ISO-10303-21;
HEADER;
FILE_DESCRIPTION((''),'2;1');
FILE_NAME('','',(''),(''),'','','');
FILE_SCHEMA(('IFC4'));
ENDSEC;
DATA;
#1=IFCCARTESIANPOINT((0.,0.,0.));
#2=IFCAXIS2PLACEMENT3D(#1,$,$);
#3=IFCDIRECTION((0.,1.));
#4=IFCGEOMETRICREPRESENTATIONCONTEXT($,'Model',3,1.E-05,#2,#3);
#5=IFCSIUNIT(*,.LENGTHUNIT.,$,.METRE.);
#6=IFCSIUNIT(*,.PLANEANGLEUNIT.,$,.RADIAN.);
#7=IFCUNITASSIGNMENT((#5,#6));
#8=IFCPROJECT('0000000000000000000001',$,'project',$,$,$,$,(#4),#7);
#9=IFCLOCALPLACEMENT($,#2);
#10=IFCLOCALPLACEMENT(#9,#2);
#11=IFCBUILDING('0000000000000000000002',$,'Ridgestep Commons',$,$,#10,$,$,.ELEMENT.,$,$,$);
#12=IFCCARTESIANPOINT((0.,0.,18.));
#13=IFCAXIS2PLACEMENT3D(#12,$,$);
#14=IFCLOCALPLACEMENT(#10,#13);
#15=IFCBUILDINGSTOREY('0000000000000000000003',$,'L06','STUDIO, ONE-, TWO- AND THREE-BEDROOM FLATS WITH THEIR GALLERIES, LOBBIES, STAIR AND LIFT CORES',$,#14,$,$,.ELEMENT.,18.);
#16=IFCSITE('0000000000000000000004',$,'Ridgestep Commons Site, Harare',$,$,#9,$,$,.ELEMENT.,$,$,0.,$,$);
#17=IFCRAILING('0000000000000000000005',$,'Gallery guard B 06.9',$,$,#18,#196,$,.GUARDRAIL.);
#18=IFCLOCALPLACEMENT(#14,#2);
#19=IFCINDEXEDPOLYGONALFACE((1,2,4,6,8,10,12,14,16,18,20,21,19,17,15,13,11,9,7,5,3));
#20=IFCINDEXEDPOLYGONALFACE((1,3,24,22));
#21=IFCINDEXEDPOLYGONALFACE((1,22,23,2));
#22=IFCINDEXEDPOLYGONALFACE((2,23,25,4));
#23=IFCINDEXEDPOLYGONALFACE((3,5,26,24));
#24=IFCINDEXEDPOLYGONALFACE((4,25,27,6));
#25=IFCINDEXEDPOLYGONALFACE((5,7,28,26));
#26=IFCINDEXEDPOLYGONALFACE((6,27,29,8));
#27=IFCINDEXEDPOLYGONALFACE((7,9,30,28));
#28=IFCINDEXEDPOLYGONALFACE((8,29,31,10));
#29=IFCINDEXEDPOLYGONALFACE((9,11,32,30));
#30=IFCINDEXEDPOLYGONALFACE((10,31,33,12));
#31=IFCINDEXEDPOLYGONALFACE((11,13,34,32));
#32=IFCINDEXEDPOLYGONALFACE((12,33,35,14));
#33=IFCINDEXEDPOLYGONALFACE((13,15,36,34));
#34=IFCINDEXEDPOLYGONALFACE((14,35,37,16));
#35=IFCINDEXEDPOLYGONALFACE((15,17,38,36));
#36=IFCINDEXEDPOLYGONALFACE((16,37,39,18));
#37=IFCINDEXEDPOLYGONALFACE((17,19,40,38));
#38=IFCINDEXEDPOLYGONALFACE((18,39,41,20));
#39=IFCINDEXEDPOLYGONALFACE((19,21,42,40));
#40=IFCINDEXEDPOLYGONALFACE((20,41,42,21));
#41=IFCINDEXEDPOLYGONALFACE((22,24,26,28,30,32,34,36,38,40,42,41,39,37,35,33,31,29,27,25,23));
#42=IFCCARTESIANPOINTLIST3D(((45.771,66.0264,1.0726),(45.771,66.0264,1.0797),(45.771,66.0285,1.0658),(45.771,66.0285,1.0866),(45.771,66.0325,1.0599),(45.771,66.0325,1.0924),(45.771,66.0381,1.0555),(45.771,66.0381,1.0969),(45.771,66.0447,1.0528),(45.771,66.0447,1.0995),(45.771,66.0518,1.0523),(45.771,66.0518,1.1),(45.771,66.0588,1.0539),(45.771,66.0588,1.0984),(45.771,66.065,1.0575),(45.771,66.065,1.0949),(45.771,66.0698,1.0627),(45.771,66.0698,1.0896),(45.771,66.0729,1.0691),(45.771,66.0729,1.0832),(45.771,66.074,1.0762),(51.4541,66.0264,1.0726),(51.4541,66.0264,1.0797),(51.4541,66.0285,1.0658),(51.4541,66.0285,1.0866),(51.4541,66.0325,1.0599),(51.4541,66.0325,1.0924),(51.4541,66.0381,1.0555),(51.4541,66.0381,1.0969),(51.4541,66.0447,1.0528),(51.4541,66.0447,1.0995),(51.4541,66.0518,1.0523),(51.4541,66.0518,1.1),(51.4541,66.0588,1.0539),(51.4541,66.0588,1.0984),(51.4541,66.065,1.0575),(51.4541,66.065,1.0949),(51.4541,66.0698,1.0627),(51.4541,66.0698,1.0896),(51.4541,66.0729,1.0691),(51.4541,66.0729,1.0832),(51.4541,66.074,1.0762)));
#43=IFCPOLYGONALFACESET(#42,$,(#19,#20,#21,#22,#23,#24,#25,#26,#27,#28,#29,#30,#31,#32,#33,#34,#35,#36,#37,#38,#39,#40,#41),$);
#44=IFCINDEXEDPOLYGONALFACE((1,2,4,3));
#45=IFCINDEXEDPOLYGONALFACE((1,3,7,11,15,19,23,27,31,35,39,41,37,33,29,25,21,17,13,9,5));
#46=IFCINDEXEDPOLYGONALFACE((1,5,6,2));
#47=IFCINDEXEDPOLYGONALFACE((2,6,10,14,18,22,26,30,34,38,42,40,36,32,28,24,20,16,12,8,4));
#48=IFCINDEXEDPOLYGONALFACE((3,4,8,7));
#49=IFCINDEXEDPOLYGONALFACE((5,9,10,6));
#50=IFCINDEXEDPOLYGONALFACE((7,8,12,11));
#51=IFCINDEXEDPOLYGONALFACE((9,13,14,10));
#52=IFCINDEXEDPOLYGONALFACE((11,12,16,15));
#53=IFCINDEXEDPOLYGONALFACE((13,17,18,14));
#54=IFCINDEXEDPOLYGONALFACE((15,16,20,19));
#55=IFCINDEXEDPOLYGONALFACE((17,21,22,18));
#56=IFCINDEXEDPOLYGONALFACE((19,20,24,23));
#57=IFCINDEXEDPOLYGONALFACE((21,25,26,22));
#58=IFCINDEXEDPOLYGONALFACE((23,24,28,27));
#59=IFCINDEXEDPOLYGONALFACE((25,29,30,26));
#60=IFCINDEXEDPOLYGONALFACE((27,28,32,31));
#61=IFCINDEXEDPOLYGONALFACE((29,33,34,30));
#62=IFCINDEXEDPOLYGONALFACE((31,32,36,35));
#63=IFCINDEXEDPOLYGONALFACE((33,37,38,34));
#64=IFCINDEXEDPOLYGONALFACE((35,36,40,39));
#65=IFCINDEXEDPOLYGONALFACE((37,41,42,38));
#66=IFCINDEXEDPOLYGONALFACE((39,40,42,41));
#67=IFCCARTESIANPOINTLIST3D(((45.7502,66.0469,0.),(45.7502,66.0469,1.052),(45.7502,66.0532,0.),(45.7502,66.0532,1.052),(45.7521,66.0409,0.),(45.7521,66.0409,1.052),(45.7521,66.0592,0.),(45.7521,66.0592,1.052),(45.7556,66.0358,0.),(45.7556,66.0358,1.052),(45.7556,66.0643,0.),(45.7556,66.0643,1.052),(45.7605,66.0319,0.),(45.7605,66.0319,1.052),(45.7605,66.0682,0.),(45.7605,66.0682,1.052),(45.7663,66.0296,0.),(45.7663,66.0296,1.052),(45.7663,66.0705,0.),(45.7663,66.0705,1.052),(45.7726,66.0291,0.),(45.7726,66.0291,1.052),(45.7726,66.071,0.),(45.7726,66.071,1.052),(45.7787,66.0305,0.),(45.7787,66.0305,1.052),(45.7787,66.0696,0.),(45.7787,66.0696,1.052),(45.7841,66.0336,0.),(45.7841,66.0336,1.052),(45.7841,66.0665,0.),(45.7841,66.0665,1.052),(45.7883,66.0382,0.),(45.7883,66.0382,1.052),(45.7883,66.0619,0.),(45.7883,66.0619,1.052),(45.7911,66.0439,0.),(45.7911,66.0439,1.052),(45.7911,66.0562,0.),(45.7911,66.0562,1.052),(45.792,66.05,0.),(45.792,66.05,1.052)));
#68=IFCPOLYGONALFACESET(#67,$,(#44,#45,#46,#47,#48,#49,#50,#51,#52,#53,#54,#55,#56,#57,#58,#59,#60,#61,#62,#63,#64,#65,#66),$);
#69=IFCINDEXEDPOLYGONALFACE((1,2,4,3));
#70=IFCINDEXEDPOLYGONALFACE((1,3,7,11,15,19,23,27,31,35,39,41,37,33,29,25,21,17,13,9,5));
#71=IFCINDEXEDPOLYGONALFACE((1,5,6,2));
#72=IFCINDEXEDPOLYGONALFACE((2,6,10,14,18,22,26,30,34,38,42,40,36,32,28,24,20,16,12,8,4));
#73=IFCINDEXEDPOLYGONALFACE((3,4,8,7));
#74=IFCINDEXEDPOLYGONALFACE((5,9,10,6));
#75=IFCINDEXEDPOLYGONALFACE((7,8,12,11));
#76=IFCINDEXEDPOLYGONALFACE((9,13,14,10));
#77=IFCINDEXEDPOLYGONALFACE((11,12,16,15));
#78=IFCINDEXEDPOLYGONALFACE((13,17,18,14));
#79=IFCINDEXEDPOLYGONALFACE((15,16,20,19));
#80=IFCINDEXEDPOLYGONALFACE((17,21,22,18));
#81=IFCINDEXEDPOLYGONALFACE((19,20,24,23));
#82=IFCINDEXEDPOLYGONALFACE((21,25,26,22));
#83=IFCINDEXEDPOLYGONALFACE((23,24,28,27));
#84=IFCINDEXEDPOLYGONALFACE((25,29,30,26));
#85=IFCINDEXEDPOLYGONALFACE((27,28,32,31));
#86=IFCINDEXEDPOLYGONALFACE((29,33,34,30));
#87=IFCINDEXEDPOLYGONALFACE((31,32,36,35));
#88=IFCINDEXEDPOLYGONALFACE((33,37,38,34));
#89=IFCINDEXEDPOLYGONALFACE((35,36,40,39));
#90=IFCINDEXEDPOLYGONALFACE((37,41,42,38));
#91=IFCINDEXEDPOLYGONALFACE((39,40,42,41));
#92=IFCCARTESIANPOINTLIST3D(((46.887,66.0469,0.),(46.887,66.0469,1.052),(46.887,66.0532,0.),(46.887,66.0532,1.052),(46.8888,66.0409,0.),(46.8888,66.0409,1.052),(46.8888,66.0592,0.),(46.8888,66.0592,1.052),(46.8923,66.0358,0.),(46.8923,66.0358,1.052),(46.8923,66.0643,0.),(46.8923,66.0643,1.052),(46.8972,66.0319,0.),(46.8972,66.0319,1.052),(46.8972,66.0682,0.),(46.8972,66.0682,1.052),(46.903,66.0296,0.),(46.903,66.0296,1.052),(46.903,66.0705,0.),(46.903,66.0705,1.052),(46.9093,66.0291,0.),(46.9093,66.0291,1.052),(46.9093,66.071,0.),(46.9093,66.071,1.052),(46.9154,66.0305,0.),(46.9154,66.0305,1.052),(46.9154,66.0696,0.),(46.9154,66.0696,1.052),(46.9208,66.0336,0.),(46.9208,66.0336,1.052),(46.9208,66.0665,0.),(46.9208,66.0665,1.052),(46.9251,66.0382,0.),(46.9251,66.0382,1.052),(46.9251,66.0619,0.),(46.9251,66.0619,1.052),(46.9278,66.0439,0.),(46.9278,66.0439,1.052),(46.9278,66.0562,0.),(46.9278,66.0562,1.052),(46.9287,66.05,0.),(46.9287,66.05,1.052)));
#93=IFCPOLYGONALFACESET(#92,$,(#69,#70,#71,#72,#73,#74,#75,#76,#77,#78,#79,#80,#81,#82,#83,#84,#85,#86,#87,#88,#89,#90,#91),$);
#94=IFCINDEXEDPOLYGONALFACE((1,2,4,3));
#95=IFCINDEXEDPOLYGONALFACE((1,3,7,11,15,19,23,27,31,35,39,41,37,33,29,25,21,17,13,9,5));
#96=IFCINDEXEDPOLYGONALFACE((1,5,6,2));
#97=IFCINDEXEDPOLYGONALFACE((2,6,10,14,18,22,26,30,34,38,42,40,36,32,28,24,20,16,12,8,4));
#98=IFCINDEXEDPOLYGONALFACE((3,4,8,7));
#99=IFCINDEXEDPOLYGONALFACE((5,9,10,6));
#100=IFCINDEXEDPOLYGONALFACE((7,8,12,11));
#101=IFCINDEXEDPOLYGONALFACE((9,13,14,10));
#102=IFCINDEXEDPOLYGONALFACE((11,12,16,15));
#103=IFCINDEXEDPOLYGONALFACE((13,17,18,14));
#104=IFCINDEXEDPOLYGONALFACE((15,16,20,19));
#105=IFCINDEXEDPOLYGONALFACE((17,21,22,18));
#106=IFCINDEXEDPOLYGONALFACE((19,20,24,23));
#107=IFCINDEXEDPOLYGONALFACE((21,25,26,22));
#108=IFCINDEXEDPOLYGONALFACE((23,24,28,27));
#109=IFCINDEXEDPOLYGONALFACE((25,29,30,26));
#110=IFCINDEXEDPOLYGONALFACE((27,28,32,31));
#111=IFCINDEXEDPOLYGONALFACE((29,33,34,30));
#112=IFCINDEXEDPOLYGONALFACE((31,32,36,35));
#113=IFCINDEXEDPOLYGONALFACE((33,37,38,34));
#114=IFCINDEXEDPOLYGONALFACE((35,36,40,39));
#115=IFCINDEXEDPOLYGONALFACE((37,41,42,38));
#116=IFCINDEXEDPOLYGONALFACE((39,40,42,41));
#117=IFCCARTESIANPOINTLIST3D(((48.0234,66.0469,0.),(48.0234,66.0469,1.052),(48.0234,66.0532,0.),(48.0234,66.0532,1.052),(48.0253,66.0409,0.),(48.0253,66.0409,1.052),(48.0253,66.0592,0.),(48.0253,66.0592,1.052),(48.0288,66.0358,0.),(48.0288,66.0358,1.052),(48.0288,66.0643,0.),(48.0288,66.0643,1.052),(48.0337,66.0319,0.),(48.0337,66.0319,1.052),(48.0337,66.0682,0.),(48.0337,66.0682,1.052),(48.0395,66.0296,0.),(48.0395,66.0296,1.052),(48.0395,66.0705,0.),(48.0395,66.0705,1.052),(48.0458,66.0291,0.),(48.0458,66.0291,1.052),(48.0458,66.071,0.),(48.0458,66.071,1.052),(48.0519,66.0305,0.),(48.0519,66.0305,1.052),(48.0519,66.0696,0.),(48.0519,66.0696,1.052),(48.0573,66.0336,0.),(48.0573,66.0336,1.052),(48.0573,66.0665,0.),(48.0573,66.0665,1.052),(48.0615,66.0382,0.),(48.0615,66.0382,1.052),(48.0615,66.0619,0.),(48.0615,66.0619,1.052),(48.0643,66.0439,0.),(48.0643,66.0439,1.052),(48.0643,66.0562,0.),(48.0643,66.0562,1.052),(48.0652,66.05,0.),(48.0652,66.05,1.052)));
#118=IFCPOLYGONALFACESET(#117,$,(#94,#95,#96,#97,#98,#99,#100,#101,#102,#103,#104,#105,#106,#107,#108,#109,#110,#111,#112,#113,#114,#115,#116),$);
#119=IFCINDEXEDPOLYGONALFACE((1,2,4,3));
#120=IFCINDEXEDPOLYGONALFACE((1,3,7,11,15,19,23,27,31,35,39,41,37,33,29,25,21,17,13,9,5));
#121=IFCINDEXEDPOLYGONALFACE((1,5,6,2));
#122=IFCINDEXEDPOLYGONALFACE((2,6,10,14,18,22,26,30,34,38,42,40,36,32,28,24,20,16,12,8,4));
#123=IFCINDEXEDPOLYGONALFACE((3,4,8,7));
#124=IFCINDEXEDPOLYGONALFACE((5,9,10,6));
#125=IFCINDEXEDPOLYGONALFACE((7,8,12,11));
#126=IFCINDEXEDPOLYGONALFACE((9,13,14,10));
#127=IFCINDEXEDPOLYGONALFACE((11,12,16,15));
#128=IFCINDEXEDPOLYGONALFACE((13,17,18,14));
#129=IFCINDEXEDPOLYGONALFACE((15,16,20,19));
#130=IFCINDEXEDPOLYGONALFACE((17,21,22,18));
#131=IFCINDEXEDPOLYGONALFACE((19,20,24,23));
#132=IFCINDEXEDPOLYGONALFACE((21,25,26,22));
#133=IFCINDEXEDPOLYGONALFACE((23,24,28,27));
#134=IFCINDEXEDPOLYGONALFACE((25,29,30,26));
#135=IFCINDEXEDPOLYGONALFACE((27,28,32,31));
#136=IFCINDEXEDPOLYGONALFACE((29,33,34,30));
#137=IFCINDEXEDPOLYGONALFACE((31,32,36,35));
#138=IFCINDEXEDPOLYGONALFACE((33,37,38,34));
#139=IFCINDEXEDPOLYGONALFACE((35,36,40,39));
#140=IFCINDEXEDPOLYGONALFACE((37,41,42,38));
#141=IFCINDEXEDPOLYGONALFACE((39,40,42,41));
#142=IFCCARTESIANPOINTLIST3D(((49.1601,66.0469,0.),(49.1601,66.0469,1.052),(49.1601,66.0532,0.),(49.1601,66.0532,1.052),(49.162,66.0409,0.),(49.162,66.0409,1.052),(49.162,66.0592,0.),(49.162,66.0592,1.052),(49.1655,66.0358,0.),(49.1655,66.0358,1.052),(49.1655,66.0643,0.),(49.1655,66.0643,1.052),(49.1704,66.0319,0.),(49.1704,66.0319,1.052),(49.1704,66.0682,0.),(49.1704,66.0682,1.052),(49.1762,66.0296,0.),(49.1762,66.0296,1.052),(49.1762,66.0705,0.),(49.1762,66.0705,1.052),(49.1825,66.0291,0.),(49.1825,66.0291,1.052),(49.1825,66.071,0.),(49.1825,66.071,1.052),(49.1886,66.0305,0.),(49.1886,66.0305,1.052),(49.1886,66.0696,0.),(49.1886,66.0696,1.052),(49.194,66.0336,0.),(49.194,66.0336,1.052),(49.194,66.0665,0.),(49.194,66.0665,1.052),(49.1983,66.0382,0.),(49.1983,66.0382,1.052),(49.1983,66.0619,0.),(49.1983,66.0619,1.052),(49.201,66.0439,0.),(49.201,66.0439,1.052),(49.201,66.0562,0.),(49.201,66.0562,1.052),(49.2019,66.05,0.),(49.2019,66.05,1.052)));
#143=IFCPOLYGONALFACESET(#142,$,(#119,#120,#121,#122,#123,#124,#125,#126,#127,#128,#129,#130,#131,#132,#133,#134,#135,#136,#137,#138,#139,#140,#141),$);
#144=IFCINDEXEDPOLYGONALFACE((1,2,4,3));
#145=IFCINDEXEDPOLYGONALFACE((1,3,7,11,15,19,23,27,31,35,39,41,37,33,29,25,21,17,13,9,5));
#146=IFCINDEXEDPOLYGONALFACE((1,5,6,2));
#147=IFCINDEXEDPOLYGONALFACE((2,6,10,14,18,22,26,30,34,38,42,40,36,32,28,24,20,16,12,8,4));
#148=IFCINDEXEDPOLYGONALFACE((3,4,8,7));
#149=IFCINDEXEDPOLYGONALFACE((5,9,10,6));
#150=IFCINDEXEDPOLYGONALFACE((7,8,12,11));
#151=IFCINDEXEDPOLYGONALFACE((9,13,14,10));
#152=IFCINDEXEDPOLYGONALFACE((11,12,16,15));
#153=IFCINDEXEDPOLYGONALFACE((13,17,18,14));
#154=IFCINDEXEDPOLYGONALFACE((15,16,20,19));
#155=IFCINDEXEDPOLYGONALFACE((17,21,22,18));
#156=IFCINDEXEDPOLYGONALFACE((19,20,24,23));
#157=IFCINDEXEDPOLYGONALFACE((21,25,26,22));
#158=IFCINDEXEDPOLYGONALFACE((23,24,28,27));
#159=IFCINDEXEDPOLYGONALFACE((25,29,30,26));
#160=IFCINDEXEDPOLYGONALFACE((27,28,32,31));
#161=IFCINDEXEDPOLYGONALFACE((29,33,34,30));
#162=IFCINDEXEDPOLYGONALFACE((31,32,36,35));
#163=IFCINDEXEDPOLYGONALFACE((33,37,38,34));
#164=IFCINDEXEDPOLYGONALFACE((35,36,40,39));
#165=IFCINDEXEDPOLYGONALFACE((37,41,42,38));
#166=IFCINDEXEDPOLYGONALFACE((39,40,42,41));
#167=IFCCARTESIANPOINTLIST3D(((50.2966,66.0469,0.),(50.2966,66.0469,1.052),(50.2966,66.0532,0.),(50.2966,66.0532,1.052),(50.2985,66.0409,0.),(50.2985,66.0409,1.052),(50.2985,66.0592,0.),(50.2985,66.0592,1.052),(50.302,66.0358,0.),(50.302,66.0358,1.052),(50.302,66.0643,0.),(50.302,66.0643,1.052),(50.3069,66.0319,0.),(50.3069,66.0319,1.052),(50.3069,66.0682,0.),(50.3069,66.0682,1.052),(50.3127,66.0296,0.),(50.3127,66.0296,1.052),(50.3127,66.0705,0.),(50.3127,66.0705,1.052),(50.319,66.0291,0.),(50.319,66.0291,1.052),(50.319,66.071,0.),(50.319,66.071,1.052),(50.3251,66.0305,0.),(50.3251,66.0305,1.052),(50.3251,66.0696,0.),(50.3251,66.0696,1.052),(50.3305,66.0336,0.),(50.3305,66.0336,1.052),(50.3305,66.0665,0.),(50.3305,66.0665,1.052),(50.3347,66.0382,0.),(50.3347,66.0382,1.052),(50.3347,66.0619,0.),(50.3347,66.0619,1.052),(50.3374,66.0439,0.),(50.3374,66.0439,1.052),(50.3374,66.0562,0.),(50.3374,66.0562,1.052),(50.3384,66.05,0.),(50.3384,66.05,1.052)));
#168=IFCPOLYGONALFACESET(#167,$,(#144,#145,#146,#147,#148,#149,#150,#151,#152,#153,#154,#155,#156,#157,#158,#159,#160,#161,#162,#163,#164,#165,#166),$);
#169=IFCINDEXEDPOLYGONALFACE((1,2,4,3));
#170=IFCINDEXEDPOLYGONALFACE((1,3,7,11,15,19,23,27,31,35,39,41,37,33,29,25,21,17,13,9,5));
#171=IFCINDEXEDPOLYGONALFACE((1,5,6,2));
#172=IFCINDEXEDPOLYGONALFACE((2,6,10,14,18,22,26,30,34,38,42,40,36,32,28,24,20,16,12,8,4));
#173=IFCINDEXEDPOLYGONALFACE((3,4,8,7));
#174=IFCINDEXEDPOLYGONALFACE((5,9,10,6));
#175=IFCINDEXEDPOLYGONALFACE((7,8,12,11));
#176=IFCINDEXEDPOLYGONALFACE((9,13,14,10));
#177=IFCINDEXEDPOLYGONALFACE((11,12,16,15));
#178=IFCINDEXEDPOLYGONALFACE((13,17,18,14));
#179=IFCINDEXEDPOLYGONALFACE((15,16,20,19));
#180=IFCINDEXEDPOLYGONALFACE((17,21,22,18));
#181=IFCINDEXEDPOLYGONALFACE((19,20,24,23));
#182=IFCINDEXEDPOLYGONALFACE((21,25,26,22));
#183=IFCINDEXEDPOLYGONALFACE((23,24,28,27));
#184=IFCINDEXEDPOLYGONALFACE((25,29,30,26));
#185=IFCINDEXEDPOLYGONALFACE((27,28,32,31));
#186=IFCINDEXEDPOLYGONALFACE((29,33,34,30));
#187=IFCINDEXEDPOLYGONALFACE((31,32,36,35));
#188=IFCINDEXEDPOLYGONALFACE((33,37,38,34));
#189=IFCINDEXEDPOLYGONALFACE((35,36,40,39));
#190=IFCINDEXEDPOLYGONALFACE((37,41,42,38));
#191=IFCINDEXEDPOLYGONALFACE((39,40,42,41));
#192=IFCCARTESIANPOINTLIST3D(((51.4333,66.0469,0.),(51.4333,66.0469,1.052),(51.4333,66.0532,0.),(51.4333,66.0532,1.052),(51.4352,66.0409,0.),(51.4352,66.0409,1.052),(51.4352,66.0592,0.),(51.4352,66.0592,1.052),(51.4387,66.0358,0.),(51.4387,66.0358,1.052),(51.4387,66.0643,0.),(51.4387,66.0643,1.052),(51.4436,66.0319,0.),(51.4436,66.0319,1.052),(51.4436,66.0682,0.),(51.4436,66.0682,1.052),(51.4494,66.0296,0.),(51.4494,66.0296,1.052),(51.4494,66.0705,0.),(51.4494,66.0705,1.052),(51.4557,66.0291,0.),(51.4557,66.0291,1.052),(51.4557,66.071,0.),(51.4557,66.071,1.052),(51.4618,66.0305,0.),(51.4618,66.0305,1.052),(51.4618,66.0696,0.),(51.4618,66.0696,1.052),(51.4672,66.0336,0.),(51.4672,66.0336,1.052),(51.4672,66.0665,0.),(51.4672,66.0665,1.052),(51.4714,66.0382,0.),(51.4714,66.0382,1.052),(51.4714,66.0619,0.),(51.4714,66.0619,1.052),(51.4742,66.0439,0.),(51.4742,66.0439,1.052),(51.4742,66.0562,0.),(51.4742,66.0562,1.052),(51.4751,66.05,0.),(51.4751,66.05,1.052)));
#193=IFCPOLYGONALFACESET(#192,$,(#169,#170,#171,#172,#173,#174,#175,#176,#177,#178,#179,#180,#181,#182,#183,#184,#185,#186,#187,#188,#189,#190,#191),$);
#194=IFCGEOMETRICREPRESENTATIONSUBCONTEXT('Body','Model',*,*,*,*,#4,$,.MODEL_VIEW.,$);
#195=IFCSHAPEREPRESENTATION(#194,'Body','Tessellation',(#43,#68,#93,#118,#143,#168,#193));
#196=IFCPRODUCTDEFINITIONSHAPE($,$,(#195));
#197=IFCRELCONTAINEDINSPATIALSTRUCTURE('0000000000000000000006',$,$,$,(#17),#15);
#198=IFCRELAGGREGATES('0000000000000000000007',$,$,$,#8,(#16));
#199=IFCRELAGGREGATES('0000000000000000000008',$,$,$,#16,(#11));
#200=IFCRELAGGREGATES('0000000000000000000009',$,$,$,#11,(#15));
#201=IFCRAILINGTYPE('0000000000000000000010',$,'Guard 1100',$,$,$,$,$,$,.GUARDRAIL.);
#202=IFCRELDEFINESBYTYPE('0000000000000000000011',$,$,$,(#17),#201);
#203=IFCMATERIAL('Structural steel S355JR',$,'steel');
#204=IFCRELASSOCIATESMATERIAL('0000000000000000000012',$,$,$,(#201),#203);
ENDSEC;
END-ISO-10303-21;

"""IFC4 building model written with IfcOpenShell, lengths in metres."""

from ifc_helpers import new_model, si_unit, direction, frame, origin, origin_2d, place, context, subcontext, project, spatial, circle, extrude, material, type_object, element, save


model = new_model("IFC4")

# Units and contexts
model_context = context("Model", 3, precision=1e-05, world=origin(), true_north=direction((0.0, 1.0)))
body_context = subcontext(model_context, "Body", "Model", "MODEL_VIEW")
ifc_project = project(units=[si_unit("LENGTHUNIT", "METRE"), si_unit("PLANEANGLEUNIT", "RADIAN")], contexts=[model_context])

# Site, building, storey
site_placement = place(None, origin())
site = spatial("IfcSite", under=ifc_project, at=site_placement, Name="Ridgestep Commons Site, Harare", CompositionType="ELEMENT", RefElevation=0.0)
building_placement = place(site_placement, origin())
building = spatial("IfcBuilding", under=site, at=building_placement, Name="Ridgestep Commons", CompositionType="ELEMENT")
storey_placement = place(building_placement, frame((0.0, 0.0, 18.0)))
storey = spatial("IfcBuildingStorey", under=building, at=storey_placement, Name="L06", Description="STUDIO, ONE-, TWO- AND THREE-BEDROOM FLATS WITH THEIR GALLERIES, LOBBIES, STAIR AND LIFT CORES", CompositionType="ELEMENT", Elevation=18.0)

# Railing
ifc_material_1 = material(Name="Structural steel S355JR", Category="steel")
railing_type_1 = type_object("IfcRailingType", Name="Guard 1100", PredefinedType="GUARDRAIL", material=ifc_material_1)
railing_1_placement = place(storey_placement, frame((45.771, 66.05, 0.0)))
element("IfcRailing", 1, at=railing_1_placement, inside=storey, type_object=railing_type_1, Name="Gallery guard B 06.9", PredefinedType="GUARDRAIL", context=body_context, shape_type="SweptSolid", body=[
    extrude(circle(Radius=0.0239, at=origin_2d()), frame((0.0, 0.0, 1.0762), z_axis=(1.0, 0.0, 0.0), x_axis=(0.0, 1.0, 0.0)), (0.0, 0.0, 1.0), 5.6831),
    extrude(circle(Radius=0.021, at=origin_2d()), origin(), (0.0, 0.0, 1.0), 1.052),
    extrude(circle(Radius=0.021, at=origin_2d()), frame((1.1367, 0.0, 0.0)), (0.0, 0.0, 1.0), 1.052),
    extrude(circle(Radius=0.021, at=origin_2d()), frame((2.2732, 0.0, 0.0)), (0.0, 0.0, 1.0), 1.052),
    extrude(circle(Radius=0.021, at=origin_2d()), frame((3.4099, 0.0, 0.0)), (0.0, 0.0, 1.0), 1.052),
    extrude(circle(Radius=0.021, at=origin_2d()), frame((4.5464, 0.0, 0.0)), (0.0, 0.0, 1.0), 1.052),
    extrude(circle(Radius=0.021, at=origin_2d()), frame((5.6831, 0.0, 0.0)), (0.0, 0.0, 1.0), 1.052),
])

save(model, "model.ifc")
